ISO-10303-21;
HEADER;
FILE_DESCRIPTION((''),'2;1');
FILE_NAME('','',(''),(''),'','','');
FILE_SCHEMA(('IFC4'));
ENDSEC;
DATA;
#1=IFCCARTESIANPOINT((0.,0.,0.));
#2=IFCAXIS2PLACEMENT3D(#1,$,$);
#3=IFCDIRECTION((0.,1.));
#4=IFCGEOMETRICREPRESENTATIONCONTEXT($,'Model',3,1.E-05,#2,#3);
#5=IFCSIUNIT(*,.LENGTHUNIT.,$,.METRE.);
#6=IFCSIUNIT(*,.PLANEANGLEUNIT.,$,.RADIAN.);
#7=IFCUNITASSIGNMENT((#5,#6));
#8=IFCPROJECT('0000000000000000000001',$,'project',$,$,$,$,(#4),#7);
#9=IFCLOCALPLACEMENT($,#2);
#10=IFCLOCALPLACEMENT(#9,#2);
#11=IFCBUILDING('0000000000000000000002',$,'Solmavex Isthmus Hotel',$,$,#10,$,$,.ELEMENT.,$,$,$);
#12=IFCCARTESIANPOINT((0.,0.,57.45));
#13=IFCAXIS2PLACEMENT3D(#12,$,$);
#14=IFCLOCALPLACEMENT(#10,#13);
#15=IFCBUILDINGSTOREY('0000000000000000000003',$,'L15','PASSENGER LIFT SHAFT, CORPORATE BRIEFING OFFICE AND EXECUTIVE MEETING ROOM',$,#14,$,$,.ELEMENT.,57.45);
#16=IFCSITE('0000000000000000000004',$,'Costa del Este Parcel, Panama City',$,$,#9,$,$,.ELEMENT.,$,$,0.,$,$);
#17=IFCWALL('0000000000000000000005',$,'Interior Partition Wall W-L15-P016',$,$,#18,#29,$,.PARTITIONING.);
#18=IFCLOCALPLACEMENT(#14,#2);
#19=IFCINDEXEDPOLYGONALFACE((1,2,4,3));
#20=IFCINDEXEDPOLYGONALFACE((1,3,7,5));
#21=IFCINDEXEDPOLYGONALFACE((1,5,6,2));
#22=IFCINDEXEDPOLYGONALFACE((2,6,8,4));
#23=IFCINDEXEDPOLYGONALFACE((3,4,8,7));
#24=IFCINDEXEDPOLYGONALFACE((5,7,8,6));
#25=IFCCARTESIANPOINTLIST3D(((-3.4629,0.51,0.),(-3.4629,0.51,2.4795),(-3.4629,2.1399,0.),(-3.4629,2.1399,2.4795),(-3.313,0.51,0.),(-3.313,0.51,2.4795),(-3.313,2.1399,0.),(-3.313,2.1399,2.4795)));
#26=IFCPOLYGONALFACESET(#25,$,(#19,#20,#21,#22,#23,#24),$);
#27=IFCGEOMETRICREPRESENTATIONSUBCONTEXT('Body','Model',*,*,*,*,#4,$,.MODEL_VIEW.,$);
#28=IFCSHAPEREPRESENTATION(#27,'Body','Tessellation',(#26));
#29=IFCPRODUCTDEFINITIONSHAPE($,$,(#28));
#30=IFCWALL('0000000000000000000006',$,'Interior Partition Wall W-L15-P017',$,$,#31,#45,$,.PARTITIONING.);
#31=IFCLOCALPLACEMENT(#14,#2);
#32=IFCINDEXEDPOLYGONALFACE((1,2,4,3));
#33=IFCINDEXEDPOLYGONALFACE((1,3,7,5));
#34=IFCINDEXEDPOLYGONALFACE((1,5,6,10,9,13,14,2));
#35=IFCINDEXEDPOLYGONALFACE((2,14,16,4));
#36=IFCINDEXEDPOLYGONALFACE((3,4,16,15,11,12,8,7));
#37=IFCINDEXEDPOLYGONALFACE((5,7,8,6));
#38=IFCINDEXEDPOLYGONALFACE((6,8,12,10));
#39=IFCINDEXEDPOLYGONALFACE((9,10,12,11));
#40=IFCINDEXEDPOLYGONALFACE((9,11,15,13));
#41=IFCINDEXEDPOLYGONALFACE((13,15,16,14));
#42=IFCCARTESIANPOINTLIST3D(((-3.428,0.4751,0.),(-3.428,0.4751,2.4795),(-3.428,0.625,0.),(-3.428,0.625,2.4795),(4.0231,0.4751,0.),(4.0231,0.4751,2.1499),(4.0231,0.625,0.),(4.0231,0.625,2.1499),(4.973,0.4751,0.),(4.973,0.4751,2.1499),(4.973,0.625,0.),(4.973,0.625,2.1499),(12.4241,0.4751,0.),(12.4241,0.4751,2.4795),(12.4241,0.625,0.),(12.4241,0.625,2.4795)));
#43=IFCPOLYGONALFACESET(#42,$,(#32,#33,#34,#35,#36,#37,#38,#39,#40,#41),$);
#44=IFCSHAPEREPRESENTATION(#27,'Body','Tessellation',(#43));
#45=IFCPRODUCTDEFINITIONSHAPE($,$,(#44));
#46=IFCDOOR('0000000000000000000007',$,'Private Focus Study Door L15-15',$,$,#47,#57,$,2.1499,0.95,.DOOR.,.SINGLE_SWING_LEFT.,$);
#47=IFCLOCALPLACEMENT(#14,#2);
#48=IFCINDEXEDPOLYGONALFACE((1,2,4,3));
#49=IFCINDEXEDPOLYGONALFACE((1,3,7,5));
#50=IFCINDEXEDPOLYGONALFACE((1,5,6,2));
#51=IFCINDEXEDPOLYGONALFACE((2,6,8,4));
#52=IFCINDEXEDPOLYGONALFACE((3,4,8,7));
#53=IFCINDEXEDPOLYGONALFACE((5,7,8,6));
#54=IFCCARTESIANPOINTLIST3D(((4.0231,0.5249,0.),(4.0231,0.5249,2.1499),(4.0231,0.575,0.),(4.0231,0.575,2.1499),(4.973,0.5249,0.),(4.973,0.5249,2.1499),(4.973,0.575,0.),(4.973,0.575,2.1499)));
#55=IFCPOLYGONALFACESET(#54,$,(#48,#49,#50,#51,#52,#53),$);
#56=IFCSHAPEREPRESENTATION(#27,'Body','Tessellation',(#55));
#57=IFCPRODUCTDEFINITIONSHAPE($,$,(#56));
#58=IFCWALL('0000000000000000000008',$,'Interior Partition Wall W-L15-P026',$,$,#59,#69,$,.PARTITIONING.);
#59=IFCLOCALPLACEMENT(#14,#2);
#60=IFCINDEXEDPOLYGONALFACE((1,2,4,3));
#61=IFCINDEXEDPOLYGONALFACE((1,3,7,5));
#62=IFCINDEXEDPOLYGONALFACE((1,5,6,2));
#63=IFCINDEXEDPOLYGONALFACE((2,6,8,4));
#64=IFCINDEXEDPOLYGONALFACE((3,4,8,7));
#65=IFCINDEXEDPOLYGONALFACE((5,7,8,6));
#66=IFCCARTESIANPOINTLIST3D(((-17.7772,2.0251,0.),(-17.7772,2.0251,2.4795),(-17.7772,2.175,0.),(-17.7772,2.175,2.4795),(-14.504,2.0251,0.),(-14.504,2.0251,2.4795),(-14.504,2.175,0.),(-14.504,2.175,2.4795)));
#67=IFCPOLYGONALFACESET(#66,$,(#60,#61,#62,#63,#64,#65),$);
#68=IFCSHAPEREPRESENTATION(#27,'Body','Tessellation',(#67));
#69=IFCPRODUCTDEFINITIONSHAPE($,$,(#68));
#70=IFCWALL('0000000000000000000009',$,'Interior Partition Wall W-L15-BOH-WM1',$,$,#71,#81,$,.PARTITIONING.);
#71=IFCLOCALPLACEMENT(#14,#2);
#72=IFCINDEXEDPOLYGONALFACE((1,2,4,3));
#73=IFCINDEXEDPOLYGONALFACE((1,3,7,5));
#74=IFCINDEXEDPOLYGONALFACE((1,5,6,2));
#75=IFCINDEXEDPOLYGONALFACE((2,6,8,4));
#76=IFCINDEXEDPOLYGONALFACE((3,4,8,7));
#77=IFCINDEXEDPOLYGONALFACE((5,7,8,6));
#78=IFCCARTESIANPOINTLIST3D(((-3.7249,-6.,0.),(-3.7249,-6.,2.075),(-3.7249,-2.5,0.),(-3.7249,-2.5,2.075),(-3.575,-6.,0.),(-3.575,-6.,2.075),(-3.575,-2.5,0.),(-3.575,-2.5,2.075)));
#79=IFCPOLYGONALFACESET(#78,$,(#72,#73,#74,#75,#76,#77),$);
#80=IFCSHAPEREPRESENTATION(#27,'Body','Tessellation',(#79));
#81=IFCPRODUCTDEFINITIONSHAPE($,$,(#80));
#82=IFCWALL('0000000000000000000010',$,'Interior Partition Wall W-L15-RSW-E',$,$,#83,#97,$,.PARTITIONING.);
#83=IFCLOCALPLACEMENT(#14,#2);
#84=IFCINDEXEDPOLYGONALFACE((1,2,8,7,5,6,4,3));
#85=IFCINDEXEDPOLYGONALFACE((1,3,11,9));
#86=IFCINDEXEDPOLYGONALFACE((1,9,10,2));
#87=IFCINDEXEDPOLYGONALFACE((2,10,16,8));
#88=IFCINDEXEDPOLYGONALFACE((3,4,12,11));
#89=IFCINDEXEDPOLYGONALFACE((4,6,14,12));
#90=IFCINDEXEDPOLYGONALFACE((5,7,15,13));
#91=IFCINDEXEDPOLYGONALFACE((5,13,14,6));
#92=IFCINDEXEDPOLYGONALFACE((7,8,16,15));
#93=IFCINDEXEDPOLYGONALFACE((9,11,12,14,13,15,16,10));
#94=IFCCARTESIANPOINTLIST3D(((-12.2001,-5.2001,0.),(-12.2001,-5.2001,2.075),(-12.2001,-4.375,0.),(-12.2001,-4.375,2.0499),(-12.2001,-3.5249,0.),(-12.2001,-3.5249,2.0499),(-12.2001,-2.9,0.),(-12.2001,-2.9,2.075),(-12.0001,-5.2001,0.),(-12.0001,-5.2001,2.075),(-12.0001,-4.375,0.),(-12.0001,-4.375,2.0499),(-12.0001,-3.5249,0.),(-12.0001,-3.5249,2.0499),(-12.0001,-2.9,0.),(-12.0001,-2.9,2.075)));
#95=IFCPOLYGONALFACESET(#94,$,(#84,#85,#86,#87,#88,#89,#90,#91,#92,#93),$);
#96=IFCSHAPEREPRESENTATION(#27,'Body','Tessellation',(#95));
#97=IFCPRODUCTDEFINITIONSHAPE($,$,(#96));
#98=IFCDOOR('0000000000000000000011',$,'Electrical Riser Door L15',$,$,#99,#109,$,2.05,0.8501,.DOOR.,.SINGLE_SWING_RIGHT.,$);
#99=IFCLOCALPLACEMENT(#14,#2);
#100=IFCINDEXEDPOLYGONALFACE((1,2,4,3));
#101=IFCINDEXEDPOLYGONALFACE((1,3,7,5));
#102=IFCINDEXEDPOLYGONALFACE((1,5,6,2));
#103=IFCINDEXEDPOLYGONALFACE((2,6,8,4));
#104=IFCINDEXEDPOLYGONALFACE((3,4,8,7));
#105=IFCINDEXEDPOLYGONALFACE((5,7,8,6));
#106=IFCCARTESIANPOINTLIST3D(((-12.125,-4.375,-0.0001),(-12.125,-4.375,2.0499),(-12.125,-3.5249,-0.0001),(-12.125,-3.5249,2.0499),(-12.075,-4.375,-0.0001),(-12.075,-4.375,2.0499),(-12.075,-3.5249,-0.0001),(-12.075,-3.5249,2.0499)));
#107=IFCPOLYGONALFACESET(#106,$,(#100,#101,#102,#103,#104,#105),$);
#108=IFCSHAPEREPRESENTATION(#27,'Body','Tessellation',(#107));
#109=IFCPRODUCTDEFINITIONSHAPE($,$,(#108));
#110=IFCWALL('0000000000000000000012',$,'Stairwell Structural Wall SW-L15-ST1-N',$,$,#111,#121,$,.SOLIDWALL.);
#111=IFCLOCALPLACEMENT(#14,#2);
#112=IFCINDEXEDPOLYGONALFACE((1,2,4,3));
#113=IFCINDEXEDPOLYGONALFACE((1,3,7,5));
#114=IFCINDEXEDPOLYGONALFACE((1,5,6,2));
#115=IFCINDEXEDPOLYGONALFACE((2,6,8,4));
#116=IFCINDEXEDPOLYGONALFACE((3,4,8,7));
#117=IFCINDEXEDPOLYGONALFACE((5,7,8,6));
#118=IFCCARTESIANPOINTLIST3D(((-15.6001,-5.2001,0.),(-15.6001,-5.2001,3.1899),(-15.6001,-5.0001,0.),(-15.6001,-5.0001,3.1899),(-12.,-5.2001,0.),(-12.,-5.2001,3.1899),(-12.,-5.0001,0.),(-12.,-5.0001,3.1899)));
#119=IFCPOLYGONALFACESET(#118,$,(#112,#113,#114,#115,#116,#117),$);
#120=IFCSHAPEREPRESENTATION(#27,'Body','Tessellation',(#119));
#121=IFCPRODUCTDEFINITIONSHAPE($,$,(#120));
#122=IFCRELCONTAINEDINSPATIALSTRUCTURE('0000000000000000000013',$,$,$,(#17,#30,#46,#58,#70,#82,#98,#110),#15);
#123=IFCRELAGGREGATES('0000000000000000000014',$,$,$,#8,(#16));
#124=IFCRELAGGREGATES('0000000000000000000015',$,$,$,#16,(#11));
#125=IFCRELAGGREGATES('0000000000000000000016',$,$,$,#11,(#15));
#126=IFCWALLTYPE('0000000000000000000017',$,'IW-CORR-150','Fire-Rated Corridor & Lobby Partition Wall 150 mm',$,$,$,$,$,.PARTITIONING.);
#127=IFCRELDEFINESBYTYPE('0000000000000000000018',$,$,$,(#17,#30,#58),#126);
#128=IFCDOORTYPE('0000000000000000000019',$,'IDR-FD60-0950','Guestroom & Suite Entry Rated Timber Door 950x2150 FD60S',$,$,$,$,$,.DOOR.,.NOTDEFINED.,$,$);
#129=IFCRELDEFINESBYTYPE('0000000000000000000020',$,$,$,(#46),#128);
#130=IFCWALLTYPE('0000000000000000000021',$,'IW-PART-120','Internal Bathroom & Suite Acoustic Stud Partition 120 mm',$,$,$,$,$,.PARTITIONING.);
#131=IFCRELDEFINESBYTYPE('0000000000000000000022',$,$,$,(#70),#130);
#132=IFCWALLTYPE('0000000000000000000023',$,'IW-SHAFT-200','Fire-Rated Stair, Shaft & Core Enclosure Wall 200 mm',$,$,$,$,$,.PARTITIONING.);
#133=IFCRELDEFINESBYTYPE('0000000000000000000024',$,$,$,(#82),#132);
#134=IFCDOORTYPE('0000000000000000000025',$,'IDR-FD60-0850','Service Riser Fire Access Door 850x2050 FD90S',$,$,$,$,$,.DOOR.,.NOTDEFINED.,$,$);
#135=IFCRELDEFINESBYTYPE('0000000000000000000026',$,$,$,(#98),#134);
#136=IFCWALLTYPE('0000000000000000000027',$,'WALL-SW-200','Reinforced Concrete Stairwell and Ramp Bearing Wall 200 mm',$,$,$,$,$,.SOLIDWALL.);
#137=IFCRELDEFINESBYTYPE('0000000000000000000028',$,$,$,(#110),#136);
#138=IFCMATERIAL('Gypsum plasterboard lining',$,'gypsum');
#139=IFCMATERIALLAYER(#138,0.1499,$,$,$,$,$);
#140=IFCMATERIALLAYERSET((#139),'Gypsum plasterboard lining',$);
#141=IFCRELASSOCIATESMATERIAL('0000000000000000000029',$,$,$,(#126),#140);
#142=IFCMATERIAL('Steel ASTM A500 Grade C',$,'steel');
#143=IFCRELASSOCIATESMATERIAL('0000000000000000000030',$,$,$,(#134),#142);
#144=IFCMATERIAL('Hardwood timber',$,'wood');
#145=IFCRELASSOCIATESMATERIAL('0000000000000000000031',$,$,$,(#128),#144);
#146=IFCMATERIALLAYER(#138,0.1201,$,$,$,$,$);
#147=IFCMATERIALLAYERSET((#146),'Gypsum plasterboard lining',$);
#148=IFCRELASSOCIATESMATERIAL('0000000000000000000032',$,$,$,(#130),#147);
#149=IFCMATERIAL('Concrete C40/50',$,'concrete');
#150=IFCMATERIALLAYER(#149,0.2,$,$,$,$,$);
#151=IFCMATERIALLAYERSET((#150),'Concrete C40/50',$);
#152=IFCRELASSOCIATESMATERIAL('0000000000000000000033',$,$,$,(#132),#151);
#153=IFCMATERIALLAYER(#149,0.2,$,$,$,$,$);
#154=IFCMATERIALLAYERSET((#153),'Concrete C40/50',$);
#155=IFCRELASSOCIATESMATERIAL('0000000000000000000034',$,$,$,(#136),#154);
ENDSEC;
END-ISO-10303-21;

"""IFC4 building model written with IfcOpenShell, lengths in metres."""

from ifc_helpers import new_model, si_unit, direction, frame, frame_2d, origin, place, context, subcontext, project, spatial, rectangle, extrude, material, layer, layer_set, type_object, element, fill, save


model = new_model("IFC4")

# Units and contexts
model_context = context("Model", 3, precision=1e-05, world=origin(), true_north=direction((0.0, 1.0)))
body_context = subcontext(model_context, "Body", "Model", "MODEL_VIEW")
ifc_project = project(units=[si_unit("LENGTHUNIT", "METRE"), si_unit("PLANEANGLEUNIT", "RADIAN")], contexts=[model_context])

# Site, building, storey
site_placement = place(None, origin())
site = spatial("IfcSite", under=ifc_project, at=site_placement, Name="Costa del Este Parcel, Panama City", CompositionType="ELEMENT", RefElevation=0.0)
building_placement = place(site_placement, origin())
building = spatial("IfcBuilding", under=site, at=building_placement, Name="Solmavex Isthmus Hotel", CompositionType="ELEMENT")
storey_placement = place(building_placement, frame((0.0, 0.0, 57.45)))
storey = spatial("IfcBuildingStorey", under=building, at=storey_placement, Name="L15", Description="PASSENGER LIFT SHAFT, CORPORATE BRIEFING OFFICE AND EXECUTIVE MEETING ROOM", CompositionType="ELEMENT", Elevation=57.45)

# Shared definitions
ifc_material_1 = material(Name="Gypsum plasterboard lining", Category="gypsum")
ifc_layer_1 = layer(ifc_material_1, 0.1499)
ifc_layer_set_1 = layer_set([ifc_layer_1], Name="Gypsum plasterboard lining")
wall_type_1 = type_object("IfcWallType", Name="IW-CORR-150", Description="Fire-Rated Corridor & Lobby Partition Wall 150 mm", PredefinedType="PARTITIONING", material=ifc_layer_set_1)

# Shared definitions
ifc_material_2 = material(Name="Steel ASTM A500 Grade C", Category="steel")
door_type_1 = type_object("IfcDoorType", Name="IDR-FD60-0850", Description="Service Riser Fire Access Door 850x2050 FD90S", OperationType="NOTDEFINED", PredefinedType="DOOR", material=ifc_material_2)

# Wall
wall_1_placement = place(storey_placement, frame((-3.3879, 2.1399, 0.0), z_axis=(0.0, 0.0, 1.0), x_axis=(0.0, -1.0, 0.0)))
element("IfcWall", 1, at=wall_1_placement, inside=storey, type_object=wall_type_1, Name="Interior Partition Wall W-L15-P016", PredefinedType="PARTITIONING", context=body_context, shape_type="SweptSolid", body=[
    extrude(rectangle(XDim=1.6299, YDim=0.1499, at=frame_2d((0.8149, 0.0))), origin(), (0.0, 0.0, 1.0), 2.4795),
])

# Wall, opening, door
wall_2_placement = place(storey_placement, frame((-3.428, 0.55, 0.0), z_axis=(0.0, 0.0, 1.0), x_axis=(1.0, 0.0, 0.0)))
wall_2 = element("IfcWall", 2, at=wall_2_placement, inside=storey, type_object=wall_type_1, Name="Interior Partition Wall W-L15-P017", PredefinedType="PARTITIONING", context=body_context, shape_type="SweptSolid", body=[
    extrude(rectangle(XDim=15.8521, YDim=0.1499, at=frame_2d((7.926, 0.0))), origin(), (0.0, 0.0, 1.0), 2.4795),
])
opening_1_placement = place(wall_2_placement, frame((7.4509, 0.0, 0.0)))
opening_1 = element("IfcOpeningElement", 3, at=opening_1_placement, cuts=wall_2, PredefinedType="OPENING", context=body_context, shape_type="SweptSolid", body=[
    extrude(rectangle(XDim=0.95, YDim=2.1499, at=frame_2d((0.4751, 1.075))), frame((0.0, 0.085, 0.0), z_axis=(0.0, -1.0, 0.0), x_axis=(1.0, 0.0, 0.0)), (0.0, 0.0, 1.0), 0.1699),
])
ifc_material_3 = material(Name="Hardwood timber", Category="wood")
door_type_2 = type_object("IfcDoorType", Name="IDR-FD60-0950", Description="Guestroom & Suite Entry Rated Timber Door 950x2150 FD60S", OperationType="NOTDEFINED", PredefinedType="DOOR", material=ifc_material_3)
door_1_placement = place(opening_1_placement, origin())
door_1 = element("IfcDoor", 4, at=door_1_placement, inside=storey, type_object=door_type_2, Name="Private Focus Study Door L15-15", OperationType="SINGLE_SWING_LEFT", OverallHeight=2.1499, OverallWidth=0.95, PredefinedType="DOOR", context=body_context, shape_type="SweptSolid", body=[
    extrude(rectangle(XDim=0.95, YDim=2.1499, at=frame_2d((0.4751, 1.075))), frame((0.0, 0.0249, 0.0), z_axis=(0.0, -1.0, 0.0), x_axis=(1.0, 0.0, 0.0)), (0.0, 0.0, 1.0), 0.05),
])
fill(opening_1, door_1)

# Walls
wall_3_placement = place(storey_placement, frame((-14.5039, 2.1001, 0.0), z_axis=(0.0, 0.0, 1.0), x_axis=(-1.0, 0.0, 0.0)))
element("IfcWall", 5, at=wall_3_placement, inside=storey, type_object=wall_type_1, Name="Interior Partition Wall W-L15-P026", PredefinedType="PARTITIONING", context=body_context, shape_type="SweptSolid", body=[
    extrude(rectangle(XDim=3.2732, YDim=0.1499, at=frame_2d((1.6367, 0.0))), origin(), (0.0, 0.0, 1.0), 2.4795),
])
ifc_layer_2 = layer(ifc_material_1, 0.1201)
ifc_layer_set_2 = layer_set([ifc_layer_2], Name="Gypsum plasterboard lining")
wall_type_2 = type_object("IfcWallType", Name="IW-PART-120", Description="Internal Bathroom & Suite Acoustic Stud Partition 120 mm", PredefinedType="PARTITIONING", material=ifc_layer_set_2)
wall_4_placement = place(storey_placement, frame((-3.6499, -6.0, 0.0), z_axis=(0.0, 0.0, 1.0), x_axis=(0.0, 1.0, 0.0)))
element("IfcWall", 6, at=wall_4_placement, inside=storey, type_object=wall_type_2, Name="Interior Partition Wall W-L15-BOH-WM1", PredefinedType="PARTITIONING", context=body_context, shape_type="SweptSolid", body=[
    extrude(rectangle(XDim=3.5, YDim=0.1499, at=frame_2d((1.75, 0.0))), origin(), (0.0, 0.0, 1.0), 2.075),
])

# Wall, opening, door
ifc_material_4 = material(Name="Concrete C40/50", Category="concrete")
ifc_layer_3 = layer(ifc_material_4, 0.2)
ifc_layer_set_3 = layer_set([ifc_layer_3], Name="Concrete C40/50")
wall_type_3 = type_object("IfcWallType", Name="IW-SHAFT-200", Description="Fire-Rated Stair, Shaft & Core Enclosure Wall 200 mm", PredefinedType="PARTITIONING", material=ifc_layer_set_3)
wall_5_placement = place(storey_placement, frame((-12.1001, -5.2, 0.0), z_axis=(0.0, 0.0, 1.0), x_axis=(0.0, 1.0, 0.0)))
wall_5 = element("IfcWall", 7, at=wall_5_placement, inside=storey, type_object=wall_type_3, Name="Interior Partition Wall W-L15-RSW-E", PredefinedType="PARTITIONING", context=body_context, shape_type="SweptSolid", body=[
    extrude(rectangle(XDim=2.3, YDim=0.2, at=frame_2d((1.1499, 0.0))), origin(), (0.0, 0.0, 1.0), 2.075),
])
opening_2_placement = place(wall_5_placement, frame((0.825, 0.0, 0.0)))
opening_2 = element("IfcOpeningElement", 8, at=opening_2_placement, cuts=wall_5, PredefinedType="OPENING", context=body_context, shape_type="SweptSolid", body=[
    extrude(rectangle(XDim=0.8501, YDim=2.05, at=frame_2d((0.425, 1.0249))), frame((0.0, 0.1099, 0.0), z_axis=(0.0, -1.0, 0.0), x_axis=(1.0, 0.0, 0.0)), (0.0, 0.0, 1.0), 0.22),
])
door_2_placement = place(opening_2_placement, origin())
door_2 = element("IfcDoor", 9, at=door_2_placement, inside=storey, type_object=door_type_1, Name="Electrical Riser Door L15", OperationType="SINGLE_SWING_RIGHT", OverallHeight=2.05, OverallWidth=0.8501, PredefinedType="DOOR", context=body_context, shape_type="SweptSolid", body=[
    extrude(rectangle(XDim=0.8501, YDim=2.05, at=frame_2d((0.425, 1.0249))), frame((0.0, 0.0249, 0.0), z_axis=(0.0, -1.0, 0.0), x_axis=(1.0, 0.0, 0.0)), (0.0, 0.0, 1.0), 0.05),
])
fill(opening_2, door_2)

# Wall
ifc_layer_4 = layer(ifc_material_4, 0.2)
ifc_layer_set_4 = layer_set([ifc_layer_4], Name="Concrete C40/50")
wall_type_4 = type_object("IfcWallType", Name="WALL-SW-200", Description="Reinforced Concrete Stairwell and Ramp Bearing Wall 200 mm", PredefinedType="SOLIDWALL", material=ifc_layer_set_4)
wall_6_placement = place(storey_placement, frame((-15.6001, -5.1001, 0.0), z_axis=(0.0, 0.0, 1.0), x_axis=(1.0, 0.0, 0.0)))
element("IfcWall", 10, at=wall_6_placement, inside=storey, type_object=wall_type_4, Name="Stairwell Structural Wall SW-L15-ST1-N", PredefinedType="SOLIDWALL", context=body_context, shape_type="SweptSolid", body=[
    extrude(rectangle(XDim=3.6001, YDim=0.2, at=frame_2d((1.8, 0.0))), origin(), (0.0, 0.0, 1.0), 3.1899),
])

save(model, "model.ifc")
